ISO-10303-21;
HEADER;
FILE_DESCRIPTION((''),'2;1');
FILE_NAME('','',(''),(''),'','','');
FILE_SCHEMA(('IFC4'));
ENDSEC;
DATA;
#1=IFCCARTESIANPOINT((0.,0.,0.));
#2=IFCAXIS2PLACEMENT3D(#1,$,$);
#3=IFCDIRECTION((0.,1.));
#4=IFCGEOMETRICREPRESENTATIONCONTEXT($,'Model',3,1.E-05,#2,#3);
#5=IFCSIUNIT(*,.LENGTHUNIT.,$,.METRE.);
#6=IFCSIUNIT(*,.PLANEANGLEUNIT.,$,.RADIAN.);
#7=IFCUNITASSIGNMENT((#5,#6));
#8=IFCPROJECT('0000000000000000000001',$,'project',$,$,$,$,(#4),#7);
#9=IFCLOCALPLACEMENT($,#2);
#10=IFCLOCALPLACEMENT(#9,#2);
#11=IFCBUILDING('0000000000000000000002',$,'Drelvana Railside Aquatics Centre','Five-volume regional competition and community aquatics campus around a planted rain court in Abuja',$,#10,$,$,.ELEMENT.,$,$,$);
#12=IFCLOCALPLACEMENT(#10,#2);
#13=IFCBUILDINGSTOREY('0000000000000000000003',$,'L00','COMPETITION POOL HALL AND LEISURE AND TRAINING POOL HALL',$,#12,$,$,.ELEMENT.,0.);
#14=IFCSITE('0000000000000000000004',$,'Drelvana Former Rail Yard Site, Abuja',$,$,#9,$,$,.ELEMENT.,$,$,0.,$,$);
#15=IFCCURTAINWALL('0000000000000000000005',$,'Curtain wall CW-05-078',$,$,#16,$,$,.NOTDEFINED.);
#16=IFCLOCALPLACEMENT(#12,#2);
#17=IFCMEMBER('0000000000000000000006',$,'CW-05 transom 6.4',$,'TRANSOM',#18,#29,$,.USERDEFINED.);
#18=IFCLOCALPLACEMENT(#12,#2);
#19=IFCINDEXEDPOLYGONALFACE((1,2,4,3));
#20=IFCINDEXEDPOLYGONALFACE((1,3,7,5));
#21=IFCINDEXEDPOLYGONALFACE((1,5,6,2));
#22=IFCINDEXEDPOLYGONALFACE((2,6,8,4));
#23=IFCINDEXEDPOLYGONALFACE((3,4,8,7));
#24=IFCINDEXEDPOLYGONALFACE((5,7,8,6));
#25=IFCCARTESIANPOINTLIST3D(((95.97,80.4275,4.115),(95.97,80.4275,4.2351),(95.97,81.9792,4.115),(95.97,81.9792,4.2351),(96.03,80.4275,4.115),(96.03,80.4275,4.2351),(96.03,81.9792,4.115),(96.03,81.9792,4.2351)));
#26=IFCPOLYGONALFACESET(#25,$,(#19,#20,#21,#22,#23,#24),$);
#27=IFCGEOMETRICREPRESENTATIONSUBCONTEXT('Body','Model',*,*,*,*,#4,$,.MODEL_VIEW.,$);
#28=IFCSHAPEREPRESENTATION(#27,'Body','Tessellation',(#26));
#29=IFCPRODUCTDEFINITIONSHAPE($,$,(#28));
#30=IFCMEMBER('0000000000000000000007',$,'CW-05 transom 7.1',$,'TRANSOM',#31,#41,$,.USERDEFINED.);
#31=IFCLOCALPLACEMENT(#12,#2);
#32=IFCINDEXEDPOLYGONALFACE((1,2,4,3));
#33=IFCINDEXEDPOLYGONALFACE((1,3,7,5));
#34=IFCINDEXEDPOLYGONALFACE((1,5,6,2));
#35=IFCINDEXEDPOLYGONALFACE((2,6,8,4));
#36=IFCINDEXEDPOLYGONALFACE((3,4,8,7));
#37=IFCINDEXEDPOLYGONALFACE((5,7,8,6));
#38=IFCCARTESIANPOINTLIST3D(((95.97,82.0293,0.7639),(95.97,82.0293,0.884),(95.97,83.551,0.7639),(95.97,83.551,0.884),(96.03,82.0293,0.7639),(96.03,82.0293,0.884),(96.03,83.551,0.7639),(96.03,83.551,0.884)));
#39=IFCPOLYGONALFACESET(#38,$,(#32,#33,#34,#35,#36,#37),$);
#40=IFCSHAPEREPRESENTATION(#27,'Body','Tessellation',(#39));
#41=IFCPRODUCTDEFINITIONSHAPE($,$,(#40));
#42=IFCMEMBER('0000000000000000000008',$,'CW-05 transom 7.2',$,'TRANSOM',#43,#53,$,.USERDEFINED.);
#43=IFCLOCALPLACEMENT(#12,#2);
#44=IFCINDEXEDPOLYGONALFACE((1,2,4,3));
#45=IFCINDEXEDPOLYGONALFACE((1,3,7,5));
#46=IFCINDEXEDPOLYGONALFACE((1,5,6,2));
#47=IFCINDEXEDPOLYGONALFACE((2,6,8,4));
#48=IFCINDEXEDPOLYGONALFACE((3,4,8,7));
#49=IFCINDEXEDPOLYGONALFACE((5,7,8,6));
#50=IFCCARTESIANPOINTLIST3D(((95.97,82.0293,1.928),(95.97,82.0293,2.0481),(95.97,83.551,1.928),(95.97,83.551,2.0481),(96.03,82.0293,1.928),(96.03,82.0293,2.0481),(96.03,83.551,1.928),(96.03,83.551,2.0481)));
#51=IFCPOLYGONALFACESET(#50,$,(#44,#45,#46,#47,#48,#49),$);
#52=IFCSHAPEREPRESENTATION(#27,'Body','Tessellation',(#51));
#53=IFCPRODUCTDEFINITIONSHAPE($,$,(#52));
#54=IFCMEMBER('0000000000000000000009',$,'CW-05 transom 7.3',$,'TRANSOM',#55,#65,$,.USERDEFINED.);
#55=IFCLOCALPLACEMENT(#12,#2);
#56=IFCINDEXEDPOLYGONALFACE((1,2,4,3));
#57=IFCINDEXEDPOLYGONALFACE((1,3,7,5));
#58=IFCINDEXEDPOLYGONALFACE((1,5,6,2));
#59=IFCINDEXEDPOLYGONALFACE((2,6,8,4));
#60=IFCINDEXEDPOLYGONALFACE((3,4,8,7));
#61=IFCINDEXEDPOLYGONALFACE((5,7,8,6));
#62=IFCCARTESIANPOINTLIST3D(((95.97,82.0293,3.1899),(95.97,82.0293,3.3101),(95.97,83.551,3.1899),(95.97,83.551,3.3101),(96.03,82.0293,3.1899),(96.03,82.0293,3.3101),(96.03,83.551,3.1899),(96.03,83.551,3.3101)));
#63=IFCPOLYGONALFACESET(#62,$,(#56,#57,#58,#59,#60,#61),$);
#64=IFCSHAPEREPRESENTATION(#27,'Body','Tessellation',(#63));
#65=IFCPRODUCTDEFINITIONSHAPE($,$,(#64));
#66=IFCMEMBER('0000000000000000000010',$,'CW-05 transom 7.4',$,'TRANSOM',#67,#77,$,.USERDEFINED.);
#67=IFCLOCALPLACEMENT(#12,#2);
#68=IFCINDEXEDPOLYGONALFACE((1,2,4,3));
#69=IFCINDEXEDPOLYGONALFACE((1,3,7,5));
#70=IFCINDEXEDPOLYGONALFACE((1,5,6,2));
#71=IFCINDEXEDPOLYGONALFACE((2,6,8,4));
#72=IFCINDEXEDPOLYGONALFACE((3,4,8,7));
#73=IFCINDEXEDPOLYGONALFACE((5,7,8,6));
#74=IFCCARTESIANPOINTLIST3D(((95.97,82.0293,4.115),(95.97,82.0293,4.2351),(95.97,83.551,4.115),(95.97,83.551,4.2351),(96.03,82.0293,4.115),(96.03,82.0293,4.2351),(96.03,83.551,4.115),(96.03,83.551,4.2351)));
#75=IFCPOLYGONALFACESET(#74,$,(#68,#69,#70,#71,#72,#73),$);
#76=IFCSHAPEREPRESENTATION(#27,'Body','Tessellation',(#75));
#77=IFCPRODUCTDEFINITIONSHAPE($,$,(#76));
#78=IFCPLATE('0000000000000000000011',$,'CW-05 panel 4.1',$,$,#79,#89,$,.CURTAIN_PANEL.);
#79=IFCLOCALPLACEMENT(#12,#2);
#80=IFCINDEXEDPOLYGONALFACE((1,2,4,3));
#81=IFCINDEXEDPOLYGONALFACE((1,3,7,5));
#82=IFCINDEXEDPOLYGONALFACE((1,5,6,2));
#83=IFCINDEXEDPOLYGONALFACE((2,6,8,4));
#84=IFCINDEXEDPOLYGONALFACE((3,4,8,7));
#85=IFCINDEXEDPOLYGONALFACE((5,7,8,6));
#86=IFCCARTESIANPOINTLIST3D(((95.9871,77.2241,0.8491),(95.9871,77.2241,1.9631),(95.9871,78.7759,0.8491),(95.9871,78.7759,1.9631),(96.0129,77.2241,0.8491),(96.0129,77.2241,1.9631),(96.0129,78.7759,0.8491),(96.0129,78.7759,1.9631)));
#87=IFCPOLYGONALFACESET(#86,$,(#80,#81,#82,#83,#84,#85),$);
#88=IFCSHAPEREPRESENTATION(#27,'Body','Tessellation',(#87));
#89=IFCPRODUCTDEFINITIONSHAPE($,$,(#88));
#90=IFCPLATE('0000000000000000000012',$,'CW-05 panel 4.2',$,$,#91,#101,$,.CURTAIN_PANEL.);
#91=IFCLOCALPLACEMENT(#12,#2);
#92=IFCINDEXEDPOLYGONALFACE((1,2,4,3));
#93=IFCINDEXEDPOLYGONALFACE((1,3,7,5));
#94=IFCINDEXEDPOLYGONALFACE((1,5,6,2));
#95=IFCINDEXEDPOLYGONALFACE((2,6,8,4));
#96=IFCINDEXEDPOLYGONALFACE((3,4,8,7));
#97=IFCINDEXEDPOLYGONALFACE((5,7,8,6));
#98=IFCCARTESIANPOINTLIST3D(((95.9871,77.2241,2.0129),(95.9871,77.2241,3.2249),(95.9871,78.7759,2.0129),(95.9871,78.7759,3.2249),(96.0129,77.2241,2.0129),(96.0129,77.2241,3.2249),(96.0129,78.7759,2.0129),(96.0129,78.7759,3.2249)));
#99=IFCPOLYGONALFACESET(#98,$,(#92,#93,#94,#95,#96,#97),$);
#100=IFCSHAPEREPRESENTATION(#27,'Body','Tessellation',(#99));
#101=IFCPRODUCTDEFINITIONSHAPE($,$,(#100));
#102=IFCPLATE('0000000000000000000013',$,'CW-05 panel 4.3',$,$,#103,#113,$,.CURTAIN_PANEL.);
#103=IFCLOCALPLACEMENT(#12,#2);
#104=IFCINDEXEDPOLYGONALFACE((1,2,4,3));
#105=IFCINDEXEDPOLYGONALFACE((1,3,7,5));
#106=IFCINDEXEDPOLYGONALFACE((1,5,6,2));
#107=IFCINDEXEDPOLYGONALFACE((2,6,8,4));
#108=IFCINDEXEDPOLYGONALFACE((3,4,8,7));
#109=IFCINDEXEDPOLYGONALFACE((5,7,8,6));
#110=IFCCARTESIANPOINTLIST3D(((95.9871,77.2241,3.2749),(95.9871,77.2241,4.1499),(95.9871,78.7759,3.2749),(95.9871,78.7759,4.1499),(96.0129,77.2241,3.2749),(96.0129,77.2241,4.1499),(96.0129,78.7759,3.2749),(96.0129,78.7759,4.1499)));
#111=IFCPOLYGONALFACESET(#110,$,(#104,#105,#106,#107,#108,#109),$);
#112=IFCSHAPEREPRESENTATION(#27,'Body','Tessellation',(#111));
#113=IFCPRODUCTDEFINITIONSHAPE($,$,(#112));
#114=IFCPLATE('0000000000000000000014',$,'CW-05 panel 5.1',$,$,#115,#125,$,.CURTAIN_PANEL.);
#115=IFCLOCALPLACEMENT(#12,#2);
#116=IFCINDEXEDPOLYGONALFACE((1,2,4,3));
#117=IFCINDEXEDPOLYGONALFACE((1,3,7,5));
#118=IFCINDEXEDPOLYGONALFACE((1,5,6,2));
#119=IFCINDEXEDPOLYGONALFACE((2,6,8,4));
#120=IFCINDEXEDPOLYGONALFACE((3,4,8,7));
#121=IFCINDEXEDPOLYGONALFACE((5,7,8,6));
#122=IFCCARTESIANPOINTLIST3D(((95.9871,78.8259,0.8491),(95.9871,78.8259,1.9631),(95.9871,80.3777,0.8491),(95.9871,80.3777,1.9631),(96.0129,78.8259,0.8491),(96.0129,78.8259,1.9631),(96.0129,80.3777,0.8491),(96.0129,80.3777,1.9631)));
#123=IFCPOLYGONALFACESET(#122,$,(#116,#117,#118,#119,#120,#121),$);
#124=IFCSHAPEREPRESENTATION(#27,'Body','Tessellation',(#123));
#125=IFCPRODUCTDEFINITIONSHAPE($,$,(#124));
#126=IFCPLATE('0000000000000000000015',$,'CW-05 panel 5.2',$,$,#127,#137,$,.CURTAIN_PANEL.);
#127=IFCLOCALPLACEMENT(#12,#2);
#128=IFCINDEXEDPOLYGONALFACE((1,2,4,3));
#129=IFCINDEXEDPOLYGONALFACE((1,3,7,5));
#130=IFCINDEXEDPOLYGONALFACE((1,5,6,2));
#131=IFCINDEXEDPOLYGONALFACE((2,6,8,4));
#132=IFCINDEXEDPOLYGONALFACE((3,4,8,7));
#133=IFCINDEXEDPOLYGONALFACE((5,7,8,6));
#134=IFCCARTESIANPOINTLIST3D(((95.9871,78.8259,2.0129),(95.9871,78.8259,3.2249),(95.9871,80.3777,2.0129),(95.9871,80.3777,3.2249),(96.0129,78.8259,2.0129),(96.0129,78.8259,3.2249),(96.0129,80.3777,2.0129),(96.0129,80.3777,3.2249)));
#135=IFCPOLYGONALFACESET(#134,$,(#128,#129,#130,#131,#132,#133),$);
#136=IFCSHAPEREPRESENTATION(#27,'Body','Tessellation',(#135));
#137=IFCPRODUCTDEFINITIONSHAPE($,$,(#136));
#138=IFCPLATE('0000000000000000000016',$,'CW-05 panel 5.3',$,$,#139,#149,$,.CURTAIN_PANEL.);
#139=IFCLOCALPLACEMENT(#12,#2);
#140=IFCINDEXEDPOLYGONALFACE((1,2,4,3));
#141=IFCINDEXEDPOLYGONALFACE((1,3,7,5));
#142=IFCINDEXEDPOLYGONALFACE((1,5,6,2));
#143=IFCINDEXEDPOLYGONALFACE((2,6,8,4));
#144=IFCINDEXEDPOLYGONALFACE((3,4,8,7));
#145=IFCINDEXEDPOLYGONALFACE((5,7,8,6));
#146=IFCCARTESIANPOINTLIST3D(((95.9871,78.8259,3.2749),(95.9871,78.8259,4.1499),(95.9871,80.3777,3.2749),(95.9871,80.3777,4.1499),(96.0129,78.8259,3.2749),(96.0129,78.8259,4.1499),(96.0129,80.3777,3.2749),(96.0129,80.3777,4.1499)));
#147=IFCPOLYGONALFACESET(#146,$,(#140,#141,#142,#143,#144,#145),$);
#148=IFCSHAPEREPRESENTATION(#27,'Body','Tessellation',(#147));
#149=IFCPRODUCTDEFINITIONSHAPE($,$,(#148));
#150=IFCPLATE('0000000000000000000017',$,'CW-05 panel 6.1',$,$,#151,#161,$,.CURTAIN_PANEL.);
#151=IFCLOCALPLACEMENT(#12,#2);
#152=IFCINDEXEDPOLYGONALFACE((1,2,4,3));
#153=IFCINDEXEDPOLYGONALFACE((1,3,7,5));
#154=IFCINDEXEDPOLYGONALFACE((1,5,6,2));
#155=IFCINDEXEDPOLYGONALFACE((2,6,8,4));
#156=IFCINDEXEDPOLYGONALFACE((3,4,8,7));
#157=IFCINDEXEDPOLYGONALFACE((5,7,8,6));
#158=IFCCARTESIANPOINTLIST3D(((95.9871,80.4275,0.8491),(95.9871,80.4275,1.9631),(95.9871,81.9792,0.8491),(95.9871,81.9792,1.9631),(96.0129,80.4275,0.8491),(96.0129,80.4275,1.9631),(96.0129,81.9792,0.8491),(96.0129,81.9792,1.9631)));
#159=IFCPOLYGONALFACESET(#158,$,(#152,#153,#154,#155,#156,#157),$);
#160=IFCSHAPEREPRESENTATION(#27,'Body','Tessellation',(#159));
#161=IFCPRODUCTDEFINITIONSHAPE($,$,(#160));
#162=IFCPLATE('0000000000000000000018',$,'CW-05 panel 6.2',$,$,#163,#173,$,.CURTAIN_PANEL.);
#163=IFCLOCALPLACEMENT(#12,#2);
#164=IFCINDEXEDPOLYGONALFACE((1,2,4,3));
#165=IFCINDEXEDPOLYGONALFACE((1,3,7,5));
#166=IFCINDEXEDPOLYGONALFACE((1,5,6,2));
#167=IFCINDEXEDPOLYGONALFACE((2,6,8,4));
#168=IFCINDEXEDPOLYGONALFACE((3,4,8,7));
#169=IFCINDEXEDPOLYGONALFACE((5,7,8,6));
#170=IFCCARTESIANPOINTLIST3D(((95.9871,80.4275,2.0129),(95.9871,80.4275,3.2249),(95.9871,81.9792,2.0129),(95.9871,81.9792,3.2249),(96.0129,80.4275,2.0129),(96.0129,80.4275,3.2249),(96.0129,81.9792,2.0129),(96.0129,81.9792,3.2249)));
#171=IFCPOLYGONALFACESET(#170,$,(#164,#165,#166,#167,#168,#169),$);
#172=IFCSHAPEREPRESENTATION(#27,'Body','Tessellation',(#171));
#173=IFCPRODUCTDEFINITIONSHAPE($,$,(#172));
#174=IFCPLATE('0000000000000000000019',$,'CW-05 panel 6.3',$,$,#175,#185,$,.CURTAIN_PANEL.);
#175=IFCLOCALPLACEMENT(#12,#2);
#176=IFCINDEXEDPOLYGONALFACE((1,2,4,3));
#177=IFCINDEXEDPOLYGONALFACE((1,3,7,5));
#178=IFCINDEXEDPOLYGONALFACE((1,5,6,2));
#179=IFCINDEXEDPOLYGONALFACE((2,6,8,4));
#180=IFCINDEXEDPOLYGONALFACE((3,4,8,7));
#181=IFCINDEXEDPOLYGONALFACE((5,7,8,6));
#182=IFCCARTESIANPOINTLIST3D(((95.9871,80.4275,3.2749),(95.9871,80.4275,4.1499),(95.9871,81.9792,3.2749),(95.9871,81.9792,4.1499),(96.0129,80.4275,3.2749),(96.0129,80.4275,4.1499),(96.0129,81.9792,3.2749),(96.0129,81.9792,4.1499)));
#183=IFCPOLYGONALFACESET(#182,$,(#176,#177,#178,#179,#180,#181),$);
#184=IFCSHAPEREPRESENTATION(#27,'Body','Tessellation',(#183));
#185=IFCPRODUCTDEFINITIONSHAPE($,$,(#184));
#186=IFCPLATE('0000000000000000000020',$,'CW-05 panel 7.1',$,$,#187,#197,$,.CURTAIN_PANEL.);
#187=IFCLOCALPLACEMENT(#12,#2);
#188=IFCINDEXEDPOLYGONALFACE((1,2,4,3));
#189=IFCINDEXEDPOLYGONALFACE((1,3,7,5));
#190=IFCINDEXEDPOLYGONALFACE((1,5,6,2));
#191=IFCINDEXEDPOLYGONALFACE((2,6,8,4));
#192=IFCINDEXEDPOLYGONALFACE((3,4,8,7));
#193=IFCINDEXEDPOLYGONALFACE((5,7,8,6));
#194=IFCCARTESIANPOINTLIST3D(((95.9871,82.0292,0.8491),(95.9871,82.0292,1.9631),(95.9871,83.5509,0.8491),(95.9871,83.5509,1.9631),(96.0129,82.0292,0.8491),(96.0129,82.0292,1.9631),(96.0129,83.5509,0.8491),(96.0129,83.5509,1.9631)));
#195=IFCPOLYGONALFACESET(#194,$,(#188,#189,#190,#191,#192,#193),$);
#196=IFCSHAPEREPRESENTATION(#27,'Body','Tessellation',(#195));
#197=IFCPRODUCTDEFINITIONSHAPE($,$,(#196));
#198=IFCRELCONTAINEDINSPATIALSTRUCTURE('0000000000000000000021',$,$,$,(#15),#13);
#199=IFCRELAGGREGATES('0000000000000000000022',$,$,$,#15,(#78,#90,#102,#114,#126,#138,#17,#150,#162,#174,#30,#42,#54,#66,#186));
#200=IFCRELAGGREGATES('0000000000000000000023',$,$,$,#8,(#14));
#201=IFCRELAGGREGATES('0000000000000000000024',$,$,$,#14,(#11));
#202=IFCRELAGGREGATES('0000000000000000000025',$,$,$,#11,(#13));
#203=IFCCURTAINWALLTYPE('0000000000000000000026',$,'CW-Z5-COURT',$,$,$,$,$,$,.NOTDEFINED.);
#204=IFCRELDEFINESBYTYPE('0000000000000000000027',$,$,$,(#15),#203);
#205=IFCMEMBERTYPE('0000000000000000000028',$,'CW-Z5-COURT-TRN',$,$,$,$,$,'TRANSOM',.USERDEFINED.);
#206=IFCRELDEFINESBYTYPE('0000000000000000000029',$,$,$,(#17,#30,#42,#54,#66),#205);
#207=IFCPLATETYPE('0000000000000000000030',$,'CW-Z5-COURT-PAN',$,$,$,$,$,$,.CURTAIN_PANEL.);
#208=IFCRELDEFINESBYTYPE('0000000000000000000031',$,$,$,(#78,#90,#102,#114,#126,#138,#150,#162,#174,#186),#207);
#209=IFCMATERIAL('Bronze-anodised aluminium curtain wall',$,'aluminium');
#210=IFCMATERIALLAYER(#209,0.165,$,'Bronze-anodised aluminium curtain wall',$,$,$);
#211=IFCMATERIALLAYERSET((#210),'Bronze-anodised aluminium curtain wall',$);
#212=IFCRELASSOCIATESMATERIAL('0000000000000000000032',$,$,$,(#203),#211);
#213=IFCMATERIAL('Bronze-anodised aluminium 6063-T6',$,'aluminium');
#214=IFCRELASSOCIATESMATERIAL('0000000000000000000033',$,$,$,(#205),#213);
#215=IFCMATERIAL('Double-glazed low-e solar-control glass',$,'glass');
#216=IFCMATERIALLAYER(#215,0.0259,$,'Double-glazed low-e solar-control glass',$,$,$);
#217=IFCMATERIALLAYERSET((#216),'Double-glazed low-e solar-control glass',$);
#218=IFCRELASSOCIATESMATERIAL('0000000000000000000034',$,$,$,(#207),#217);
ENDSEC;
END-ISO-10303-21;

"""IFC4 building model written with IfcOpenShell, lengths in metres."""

from ifc_helpers import new_model, si_unit, direction, frame, origin, origin_2d, place, context, subcontext, project, spatial, rectangle, extrude, material, layer, layer_set, material_profile, profile_set, type_object, element, aggregate, save


model = new_model("IFC4")

# Units and contexts
model_context = context("Model", 3, precision=1e-05, world=origin(), true_north=direction((0.0, 1.0)))
body_context = subcontext(model_context, "Body", "Model", "MODEL_VIEW")
ifc_project = project(units=[si_unit("LENGTHUNIT", "METRE"), si_unit("PLANEANGLEUNIT", "RADIAN")], contexts=[model_context])

# Site, building, storey
site_placement = place(None, origin())
site = spatial("IfcSite", under=ifc_project, at=site_placement, Name="Drelvana Former Rail Yard Site, Abuja", CompositionType="ELEMENT", RefElevation=0.0)
building_placement = place(site_placement, origin())
building = spatial("IfcBuilding", under=site, at=building_placement, Name="Drelvana Railside Aquatics Centre", Description="Five-volume regional competition and community aquatics campus around a planted rain court in Abuja", CompositionType="ELEMENT")
storey_placement = place(building_placement, origin())
storey = spatial("IfcBuildingStorey", under=building, at=storey_placement, Name="L00", Description="COMPETITION POOL HALL AND LEISURE AND TRAINING POOL HALL", CompositionType="ELEMENT", Elevation=0.0)

# Curtain wall, members, plates
ifc_material_1 = material(Name="Bronze-anodised aluminium curtain wall", Category="aluminium")
ifc_layer_1 = layer(ifc_material_1, 0.165, Name="Bronze-anodised aluminium curtain wall")
ifc_layer_set_1 = layer_set([ifc_layer_1], Name="Bronze-anodised aluminium curtain wall")
curtain_wall_type = type_object("IfcCurtainWallType", Name="CW-Z5-COURT", PredefinedType="NOTDEFINED", material=ifc_layer_set_1)
curtain_wall_placement = place(storey_placement, origin())
curtain_wall = element("IfcCurtainWall", 1, at=curtain_wall_placement, inside=storey, type_object=curtain_wall_type, Name="Curtain wall CW-05-078", PredefinedType="NOTDEFINED")
ifc_material_2 = material(Name="Bronze-anodised aluminium 6063-T6", Category="aluminium")
ifc_material_profile_1 = material_profile(ifc_material_2, rectangle(XDim=0.1201, YDim=0.0601, at=origin_2d()), Name="ALU-T 60x120")
ifc_profile_set_1 = profile_set([ifc_material_profile_1], Name="Bronze-anodised aluminium 6063-T6")
member_type_1 = type_object("IfcMemberType", Name="CW-Z5-COURT-TRN", ElementType="TRANSOM", PredefinedType="USERDEFINED", material=ifc_profile_set_1)
member_1_placement = place(storey_placement, frame((96.0, 80.4275, 4.175), z_axis=(0.0, 1.0, 0.0), x_axis=(0.0, 0.0, 1.0)))
member_1 = element("IfcMember", 2, at=member_1_placement, type_object=member_type_1, Name="CW-05 transom 6.4", ObjectType="TRANSOM", PredefinedType="USERDEFINED", context=body_context, shape_type="SweptSolid", body=[
    extrude(rectangle(XDim=0.1201, YDim=0.0601, at=origin_2d()), origin(), (0.0, 0.0, 1.0), 1.5518),
])
member_2_placement = place(storey_placement, frame((96.0, 82.0293, 0.824), z_axis=(0.0, 1.0, 0.0), x_axis=(0.0, 0.0, 1.0)))
member_2 = element("IfcMember", 3, at=member_2_placement, type_object=member_type_1, Name="CW-05 transom 7.1", ObjectType="TRANSOM", PredefinedType="USERDEFINED", context=body_context, shape_type="SweptSolid", body=[
    extrude(rectangle(XDim=0.1201, YDim=0.0601, at=origin_2d()), origin(), (0.0, 0.0, 1.0), 1.5217),
])
member_3_placement = place(storey_placement, frame((96.0, 82.0293, 1.988), z_axis=(0.0, 1.0, 0.0), x_axis=(0.0, 0.0, 1.0)))
member_3 = element("IfcMember", 4, at=member_3_placement, type_object=member_type_1, Name="CW-05 transom 7.2", ObjectType="TRANSOM", PredefinedType="USERDEFINED", context=body_context, shape_type="SweptSolid", body=[
    extrude(rectangle(XDim=0.1201, YDim=0.0601, at=origin_2d()), origin(), (0.0, 0.0, 1.0), 1.5217),
])
member_4_placement = place(storey_placement, frame((96.0, 82.0293, 3.25), z_axis=(0.0, 1.0, 0.0), x_axis=(0.0, 0.0, 1.0)))
member_4 = element("IfcMember", 5, at=member_4_placement, type_object=member_type_1, Name="CW-05 transom 7.3", ObjectType="TRANSOM", PredefinedType="USERDEFINED", context=body_context, shape_type="SweptSolid", body=[
    extrude(rectangle(XDim=0.1201, YDim=0.0601, at=origin_2d()), origin(), (0.0, 0.0, 1.0), 1.5217),
])
member_5_placement = place(storey_placement, frame((96.0, 82.0293, 4.175), z_axis=(0.0, 1.0, 0.0), x_axis=(0.0, 0.0, 1.0)))
member_5 = element("IfcMember", 6, at=member_5_placement, type_object=member_type_1, Name="CW-05 transom 7.4", ObjectType="TRANSOM", PredefinedType="USERDEFINED", context=body_context, shape_type="SweptSolid", body=[
    extrude(rectangle(XDim=0.1201, YDim=0.0601, at=origin_2d()), origin(), (0.0, 0.0, 1.0), 1.5217),
])
ifc_material_3 = material(Name="Double-glazed low-e solar-control glass", Category="glass")
ifc_layer_2 = layer(ifc_material_3, 0.0259, Name="Double-glazed low-e solar-control glass")
ifc_layer_set_2 = layer_set([ifc_layer_2], Name="Double-glazed low-e solar-control glass")
plate_type = type_object("IfcPlateType", Name="CW-Z5-COURT-PAN", PredefinedType="CURTAIN_PANEL", material=ifc_layer_set_2)
plate_1_placement = place(storey_placement, frame((96.0, 78.0, 0.8491), z_axis=(0.0, 0.0, 1.0), x_axis=(0.0, 1.0, 0.0)))
plate_1 = element("IfcPlate", 7, at=plate_1_placement, type_object=plate_type, Name="CW-05 panel 4.1", PredefinedType="CURTAIN_PANEL", context=body_context, shape_type="SweptSolid", body=[
    extrude(rectangle(XDim=1.5518, YDim=0.0259, at=origin_2d()), origin(), (0.0, 0.0, 1.0), 1.114),
])
plate_2_placement = place(storey_placement, frame((96.0, 78.0, 2.0129), z_axis=(0.0, 0.0, 1.0), x_axis=(0.0, 1.0, 0.0)))
plate_2 = element("IfcPlate", 8, at=plate_2_placement, type_object=plate_type, Name="CW-05 panel 4.2", PredefinedType="CURTAIN_PANEL", context=body_context, shape_type="SweptSolid", body=[
    extrude(rectangle(XDim=1.5518, YDim=0.0259, at=origin_2d()), origin(), (0.0, 0.0, 1.0), 1.2119),
])
plate_3_placement = place(storey_placement, frame((96.0, 78.0, 3.2749), z_axis=(0.0, 0.0, 1.0), x_axis=(0.0, 1.0, 0.0)))
plate_3 = element("IfcPlate", 9, at=plate_3_placement, type_object=plate_type, Name="CW-05 panel 4.3", PredefinedType="CURTAIN_PANEL", context=body_context, shape_type="SweptSolid", body=[
    extrude(rectangle(XDim=1.5518, YDim=0.0259, at=origin_2d()), origin(), (0.0, 0.0, 1.0), 0.875),
])
plate_4_placement = place(storey_placement, frame((96.0, 79.6018, 0.8491), z_axis=(0.0, 0.0, 1.0), x_axis=(0.0, 1.0, 0.0)))
plate_4 = element("IfcPlate", 10, at=plate_4_placement, type_object=plate_type, Name="CW-05 panel 5.1", PredefinedType="CURTAIN_PANEL", context=body_context, shape_type="SweptSolid", body=[
    extrude(rectangle(XDim=1.5518, YDim=0.0259, at=origin_2d()), origin(), (0.0, 0.0, 1.0), 1.114),
])
plate_5_placement = place(storey_placement, frame((96.0, 79.6018, 2.0129), z_axis=(0.0, 0.0, 1.0), x_axis=(0.0, 1.0, 0.0)))
plate_5 = element("IfcPlate", 11, at=plate_5_placement, type_object=plate_type, Name="CW-05 panel 5.2", PredefinedType="CURTAIN_PANEL", context=body_context, shape_type="SweptSolid", body=[
    extrude(rectangle(XDim=1.5518, YDim=0.0259, at=origin_2d()), origin(), (0.0, 0.0, 1.0), 1.2119),
])
plate_6_placement = place(storey_placement, frame((96.0, 79.6018, 3.2749), z_axis=(0.0, 0.0, 1.0), x_axis=(0.0, 1.0, 0.0)))
plate_6 = element("IfcPlate", 12, at=plate_6_placement, type_object=plate_type, Name="CW-05 panel 5.3", PredefinedType="CURTAIN_PANEL", context=body_context, shape_type="SweptSolid", body=[
    extrude(rectangle(XDim=1.5518, YDim=0.0259, at=origin_2d()), origin(), (0.0, 0.0, 1.0), 0.875),
])
plate_7_placement = place(storey_placement, frame((96.0, 81.2034, 0.8491), z_axis=(0.0, 0.0, 1.0), x_axis=(0.0, 1.0, 0.0)))
plate_7 = element("IfcPlate", 13, at=plate_7_placement, type_object=plate_type, Name="CW-05 panel 6.1", PredefinedType="CURTAIN_PANEL", context=body_context, shape_type="SweptSolid", body=[
    extrude(rectangle(XDim=1.5518, YDim=0.0259, at=origin_2d()), origin(), (0.0, 0.0, 1.0), 1.114),
])
plate_8_placement = place(storey_placement, frame((96.0, 81.2034, 2.0129), z_axis=(0.0, 0.0, 1.0), x_axis=(0.0, 1.0, 0.0)))
plate_8 = element("IfcPlate", 14, at=plate_8_placement, type_object=plate_type, Name="CW-05 panel 6.2", PredefinedType="CURTAIN_PANEL", context=body_context, shape_type="SweptSolid", body=[
    extrude(rectangle(XDim=1.5518, YDim=0.0259, at=origin_2d()), origin(), (0.0, 0.0, 1.0), 1.2119),
])
plate_9_placement = place(storey_placement, frame((96.0, 81.2034, 3.2749), z_axis=(0.0, 0.0, 1.0), x_axis=(0.0, 1.0, 0.0)))
plate_9 = element("IfcPlate", 15, at=plate_9_placement, type_object=plate_type, Name="CW-05 panel 6.3", PredefinedType="CURTAIN_PANEL", context=body_context, shape_type="SweptSolid", body=[
    extrude(rectangle(XDim=1.5518, YDim=0.0259, at=origin_2d()), origin(), (0.0, 0.0, 1.0), 0.875),
])
plate_10_placement = place(storey_placement, frame((96.0, 82.79, 0.8491), z_axis=(0.0, 0.0, 1.0), x_axis=(0.0, 1.0, 0.0)))
plate_10 = element("IfcPlate", 16, at=plate_10_placement, type_object=plate_type, Name="CW-05 panel 7.1", PredefinedType="CURTAIN_PANEL", context=body_context, shape_type="SweptSolid", body=[
    extrude(rectangle(XDim=1.5217, YDim=0.0259, at=origin_2d()), origin(), (0.0, 0.0, 1.0), 1.114),
])
aggregate(curtain_wall, [plate_1, plate_2, plate_3, plate_4, plate_5, plate_6, member_1, plate_7, plate_8, plate_9, member_2, member_3, member_4, member_5, plate_10])

save(model, "model.ifc")
